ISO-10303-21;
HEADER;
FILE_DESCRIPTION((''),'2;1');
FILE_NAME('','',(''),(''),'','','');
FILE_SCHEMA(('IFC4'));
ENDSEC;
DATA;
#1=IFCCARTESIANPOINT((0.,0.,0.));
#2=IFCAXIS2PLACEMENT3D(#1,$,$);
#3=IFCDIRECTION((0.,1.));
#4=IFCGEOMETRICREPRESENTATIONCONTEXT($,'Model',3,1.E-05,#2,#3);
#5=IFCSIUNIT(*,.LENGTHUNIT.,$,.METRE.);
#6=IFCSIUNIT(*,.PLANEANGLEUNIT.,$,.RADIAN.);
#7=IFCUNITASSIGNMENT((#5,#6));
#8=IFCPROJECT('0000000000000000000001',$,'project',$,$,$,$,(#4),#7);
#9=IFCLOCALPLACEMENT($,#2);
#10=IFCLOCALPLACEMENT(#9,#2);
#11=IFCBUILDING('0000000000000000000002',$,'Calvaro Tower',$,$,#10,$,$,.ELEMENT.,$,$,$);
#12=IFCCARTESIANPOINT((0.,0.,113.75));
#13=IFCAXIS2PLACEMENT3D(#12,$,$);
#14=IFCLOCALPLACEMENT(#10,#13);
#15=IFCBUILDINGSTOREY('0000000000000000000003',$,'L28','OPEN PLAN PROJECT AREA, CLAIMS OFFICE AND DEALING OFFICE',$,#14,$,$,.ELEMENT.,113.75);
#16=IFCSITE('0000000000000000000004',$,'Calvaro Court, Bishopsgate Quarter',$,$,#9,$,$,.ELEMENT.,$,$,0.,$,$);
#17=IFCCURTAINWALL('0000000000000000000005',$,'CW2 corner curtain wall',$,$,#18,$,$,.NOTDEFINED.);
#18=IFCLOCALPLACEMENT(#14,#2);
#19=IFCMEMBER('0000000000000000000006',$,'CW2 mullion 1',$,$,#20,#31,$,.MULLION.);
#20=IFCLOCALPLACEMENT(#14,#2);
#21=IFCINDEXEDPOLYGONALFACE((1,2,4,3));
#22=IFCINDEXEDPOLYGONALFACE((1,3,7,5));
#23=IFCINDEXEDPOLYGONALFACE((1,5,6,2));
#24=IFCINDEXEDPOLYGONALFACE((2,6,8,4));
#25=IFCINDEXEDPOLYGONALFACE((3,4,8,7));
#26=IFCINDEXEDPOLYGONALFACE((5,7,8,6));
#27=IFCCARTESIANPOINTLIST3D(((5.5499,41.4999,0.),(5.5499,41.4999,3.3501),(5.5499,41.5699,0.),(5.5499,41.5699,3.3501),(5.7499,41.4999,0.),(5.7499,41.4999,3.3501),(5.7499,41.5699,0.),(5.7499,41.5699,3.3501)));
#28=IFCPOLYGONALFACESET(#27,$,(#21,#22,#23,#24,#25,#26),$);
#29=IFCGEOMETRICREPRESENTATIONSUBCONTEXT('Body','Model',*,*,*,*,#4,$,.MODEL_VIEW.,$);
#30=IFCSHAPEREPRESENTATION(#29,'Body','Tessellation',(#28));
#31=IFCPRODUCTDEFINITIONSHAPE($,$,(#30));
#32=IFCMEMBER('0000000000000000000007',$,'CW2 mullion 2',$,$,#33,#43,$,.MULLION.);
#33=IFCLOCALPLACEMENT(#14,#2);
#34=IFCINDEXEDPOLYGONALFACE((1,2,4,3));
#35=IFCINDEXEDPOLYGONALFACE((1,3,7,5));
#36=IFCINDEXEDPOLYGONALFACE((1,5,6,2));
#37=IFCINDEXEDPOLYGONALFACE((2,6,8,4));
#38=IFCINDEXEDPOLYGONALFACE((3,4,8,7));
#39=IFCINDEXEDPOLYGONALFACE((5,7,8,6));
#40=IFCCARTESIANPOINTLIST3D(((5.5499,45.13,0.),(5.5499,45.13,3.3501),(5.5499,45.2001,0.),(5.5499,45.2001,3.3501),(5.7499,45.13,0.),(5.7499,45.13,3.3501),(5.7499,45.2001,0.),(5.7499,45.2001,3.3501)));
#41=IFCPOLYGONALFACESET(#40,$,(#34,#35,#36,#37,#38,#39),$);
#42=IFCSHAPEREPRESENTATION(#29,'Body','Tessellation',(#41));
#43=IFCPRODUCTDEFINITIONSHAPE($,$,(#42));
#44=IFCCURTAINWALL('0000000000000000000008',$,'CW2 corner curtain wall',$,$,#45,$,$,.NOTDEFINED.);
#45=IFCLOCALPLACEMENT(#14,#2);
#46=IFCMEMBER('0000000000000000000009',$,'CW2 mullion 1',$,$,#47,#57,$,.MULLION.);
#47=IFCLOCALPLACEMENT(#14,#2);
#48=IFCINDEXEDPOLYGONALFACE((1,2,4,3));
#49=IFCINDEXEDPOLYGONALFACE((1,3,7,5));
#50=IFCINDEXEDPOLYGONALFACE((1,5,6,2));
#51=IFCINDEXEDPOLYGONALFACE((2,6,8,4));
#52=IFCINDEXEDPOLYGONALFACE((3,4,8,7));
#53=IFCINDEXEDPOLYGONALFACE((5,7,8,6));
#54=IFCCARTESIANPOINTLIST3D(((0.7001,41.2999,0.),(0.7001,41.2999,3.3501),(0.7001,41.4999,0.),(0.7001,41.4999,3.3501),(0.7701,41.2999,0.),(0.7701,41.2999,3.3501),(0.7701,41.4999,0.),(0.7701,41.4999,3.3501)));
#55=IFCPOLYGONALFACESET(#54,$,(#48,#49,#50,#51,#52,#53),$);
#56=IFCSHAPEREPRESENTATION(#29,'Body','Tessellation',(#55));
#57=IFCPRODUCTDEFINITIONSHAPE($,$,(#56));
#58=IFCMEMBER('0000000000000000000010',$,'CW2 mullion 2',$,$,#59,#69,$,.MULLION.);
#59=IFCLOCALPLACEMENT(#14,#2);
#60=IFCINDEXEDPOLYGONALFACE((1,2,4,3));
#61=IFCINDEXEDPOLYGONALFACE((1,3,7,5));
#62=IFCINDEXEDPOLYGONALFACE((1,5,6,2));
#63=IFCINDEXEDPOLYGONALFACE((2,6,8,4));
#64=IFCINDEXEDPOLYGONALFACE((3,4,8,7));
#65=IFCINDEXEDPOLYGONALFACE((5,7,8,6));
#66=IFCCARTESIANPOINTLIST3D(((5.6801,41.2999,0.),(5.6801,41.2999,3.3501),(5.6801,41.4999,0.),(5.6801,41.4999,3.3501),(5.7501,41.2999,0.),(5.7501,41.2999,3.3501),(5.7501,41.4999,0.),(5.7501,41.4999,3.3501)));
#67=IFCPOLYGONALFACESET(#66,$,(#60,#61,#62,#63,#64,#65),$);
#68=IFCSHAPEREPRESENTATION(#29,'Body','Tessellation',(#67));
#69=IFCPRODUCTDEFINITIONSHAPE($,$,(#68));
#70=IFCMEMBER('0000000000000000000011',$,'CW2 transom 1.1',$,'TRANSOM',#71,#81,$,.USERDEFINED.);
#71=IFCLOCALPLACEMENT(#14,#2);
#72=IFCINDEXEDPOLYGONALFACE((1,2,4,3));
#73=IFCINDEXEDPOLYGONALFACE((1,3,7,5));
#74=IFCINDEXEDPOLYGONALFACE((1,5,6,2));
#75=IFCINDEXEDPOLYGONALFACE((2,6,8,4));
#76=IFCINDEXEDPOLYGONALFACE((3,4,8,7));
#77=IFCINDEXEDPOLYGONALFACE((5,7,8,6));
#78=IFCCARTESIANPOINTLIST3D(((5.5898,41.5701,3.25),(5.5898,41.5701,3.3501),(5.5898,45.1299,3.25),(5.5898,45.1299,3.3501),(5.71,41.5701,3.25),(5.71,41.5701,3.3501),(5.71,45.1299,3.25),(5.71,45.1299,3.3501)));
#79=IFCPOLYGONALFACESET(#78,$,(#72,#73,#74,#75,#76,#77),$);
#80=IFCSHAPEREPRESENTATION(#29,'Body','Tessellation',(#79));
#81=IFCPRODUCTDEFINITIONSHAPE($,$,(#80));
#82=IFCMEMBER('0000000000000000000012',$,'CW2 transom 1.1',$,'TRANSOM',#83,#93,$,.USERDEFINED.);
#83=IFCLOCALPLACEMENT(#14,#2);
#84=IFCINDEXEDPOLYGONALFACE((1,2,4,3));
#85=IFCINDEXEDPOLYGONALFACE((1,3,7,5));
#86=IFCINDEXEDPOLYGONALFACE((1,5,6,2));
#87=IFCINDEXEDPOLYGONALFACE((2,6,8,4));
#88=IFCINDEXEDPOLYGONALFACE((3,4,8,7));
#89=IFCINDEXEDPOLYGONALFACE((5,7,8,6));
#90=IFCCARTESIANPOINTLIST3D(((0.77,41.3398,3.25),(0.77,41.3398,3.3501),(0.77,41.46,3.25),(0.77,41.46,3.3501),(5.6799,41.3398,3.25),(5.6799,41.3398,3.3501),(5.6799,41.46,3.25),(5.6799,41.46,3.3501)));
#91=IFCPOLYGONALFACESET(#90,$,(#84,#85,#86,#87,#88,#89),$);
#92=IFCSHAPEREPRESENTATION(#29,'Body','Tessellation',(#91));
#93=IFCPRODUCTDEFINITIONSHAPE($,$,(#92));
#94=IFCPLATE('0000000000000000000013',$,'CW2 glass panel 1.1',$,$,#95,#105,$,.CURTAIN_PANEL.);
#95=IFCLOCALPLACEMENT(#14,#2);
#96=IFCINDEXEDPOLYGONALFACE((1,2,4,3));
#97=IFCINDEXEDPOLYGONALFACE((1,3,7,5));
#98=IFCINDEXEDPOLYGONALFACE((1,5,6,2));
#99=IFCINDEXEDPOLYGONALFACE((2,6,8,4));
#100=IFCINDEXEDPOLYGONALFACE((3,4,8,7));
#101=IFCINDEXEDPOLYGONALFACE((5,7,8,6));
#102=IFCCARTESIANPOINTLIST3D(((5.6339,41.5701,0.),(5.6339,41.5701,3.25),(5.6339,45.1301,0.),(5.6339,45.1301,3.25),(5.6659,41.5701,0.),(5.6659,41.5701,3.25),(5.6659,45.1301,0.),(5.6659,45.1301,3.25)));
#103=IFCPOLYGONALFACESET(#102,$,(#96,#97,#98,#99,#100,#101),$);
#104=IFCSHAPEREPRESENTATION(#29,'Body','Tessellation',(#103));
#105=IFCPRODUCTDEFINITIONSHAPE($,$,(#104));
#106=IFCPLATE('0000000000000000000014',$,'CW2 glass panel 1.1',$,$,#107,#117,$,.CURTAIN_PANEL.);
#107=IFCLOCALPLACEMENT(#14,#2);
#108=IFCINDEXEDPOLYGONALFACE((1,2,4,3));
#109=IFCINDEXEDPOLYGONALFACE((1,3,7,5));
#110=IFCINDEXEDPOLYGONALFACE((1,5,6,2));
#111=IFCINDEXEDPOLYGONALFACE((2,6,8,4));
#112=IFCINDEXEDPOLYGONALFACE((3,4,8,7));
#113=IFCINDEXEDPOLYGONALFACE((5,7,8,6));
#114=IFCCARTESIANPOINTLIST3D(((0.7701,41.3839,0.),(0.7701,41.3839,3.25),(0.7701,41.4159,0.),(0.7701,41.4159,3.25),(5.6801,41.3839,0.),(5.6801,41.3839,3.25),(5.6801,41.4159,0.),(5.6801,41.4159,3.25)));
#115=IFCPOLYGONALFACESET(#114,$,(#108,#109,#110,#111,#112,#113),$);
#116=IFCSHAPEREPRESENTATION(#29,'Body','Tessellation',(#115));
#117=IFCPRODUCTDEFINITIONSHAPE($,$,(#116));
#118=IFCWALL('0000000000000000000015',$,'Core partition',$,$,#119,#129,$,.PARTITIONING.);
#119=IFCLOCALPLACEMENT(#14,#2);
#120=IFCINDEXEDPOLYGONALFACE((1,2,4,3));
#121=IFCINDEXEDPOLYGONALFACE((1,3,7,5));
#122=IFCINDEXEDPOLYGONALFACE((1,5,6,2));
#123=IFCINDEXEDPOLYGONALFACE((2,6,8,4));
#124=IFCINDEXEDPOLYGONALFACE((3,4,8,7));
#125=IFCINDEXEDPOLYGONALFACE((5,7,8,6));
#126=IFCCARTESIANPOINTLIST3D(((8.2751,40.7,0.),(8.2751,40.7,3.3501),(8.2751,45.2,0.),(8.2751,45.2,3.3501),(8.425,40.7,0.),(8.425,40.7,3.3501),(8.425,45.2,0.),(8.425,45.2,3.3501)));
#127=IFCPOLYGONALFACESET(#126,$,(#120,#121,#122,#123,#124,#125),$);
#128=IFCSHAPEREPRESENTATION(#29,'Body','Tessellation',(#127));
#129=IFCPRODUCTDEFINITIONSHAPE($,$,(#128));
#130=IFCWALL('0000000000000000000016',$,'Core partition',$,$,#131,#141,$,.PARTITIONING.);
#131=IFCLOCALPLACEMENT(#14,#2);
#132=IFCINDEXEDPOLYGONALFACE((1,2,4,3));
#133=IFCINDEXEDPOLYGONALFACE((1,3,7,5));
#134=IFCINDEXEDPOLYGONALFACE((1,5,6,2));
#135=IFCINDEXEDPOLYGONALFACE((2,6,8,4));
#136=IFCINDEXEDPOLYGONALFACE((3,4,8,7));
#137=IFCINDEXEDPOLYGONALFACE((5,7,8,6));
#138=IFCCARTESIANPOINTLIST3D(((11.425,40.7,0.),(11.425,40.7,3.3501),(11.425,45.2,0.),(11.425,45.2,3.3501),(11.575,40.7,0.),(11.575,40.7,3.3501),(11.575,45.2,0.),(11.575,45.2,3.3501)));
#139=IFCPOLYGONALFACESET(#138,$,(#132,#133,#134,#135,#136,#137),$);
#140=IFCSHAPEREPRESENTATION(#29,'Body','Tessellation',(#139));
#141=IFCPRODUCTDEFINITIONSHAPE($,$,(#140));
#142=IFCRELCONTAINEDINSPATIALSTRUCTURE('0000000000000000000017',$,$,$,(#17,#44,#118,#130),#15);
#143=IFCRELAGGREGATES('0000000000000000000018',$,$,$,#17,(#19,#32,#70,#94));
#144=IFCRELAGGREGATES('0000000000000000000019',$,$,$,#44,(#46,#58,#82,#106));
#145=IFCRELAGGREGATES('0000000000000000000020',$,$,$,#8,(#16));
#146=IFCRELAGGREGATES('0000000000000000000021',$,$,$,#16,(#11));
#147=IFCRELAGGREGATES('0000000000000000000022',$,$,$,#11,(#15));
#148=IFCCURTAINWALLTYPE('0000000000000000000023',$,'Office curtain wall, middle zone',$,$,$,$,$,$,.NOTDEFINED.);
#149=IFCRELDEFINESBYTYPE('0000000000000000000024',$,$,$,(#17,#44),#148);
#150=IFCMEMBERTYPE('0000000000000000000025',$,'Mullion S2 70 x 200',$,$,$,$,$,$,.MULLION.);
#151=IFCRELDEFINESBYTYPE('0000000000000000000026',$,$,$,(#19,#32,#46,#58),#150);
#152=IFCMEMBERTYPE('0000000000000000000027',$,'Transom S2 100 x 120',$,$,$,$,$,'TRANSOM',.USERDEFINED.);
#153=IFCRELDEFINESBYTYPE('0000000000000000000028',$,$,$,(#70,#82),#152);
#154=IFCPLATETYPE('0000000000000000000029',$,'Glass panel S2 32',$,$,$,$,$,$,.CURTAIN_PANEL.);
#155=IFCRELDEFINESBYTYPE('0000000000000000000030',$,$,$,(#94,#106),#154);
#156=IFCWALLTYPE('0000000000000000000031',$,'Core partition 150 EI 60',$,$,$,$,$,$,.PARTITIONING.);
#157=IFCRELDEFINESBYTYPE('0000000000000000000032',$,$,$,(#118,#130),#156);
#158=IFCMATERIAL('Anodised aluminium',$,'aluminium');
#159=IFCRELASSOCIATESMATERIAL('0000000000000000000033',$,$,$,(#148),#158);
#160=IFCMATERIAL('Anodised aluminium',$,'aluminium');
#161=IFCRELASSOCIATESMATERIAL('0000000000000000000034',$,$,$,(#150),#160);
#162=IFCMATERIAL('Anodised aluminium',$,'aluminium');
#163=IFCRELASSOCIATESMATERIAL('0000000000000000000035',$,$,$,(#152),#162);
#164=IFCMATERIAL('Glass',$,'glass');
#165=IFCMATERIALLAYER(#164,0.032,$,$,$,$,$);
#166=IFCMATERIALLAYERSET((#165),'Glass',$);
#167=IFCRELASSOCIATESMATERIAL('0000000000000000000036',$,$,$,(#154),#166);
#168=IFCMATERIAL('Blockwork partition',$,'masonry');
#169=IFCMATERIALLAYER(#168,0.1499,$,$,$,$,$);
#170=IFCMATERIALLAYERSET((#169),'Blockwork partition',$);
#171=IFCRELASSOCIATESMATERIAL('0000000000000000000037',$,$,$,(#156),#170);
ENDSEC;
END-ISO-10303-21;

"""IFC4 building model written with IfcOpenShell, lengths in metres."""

from ifc_helpers import new_model, si_unit, direction, frame, frame_2d, origin, origin_2d, place, context, subcontext, project, spatial, rectangle, extrude, material, layer, layer_set, material_profile, profile_set, type_object, element, aggregate, save


model = new_model("IFC4")

# Units and contexts
model_context = context("Model", 3, precision=1e-05, world=origin(), true_north=direction((0.0, 1.0)))
body_context = subcontext(model_context, "Body", "Model", "MODEL_VIEW")
ifc_project = project(units=[si_unit("LENGTHUNIT", "METRE"), si_unit("PLANEANGLEUNIT", "RADIAN")], contexts=[model_context])

# Site, building, storey
site_placement = place(None, origin())
site = spatial("IfcSite", under=ifc_project, at=site_placement, Name="Calvaro Court, Bishopsgate Quarter", CompositionType="ELEMENT", RefElevation=0.0)
building_placement = place(site_placement, origin())
building = spatial("IfcBuilding", under=site, at=building_placement, Name="Calvaro Tower", CompositionType="ELEMENT")
storey_placement = place(building_placement, frame((0.0, 0.0, 113.75)))
storey = spatial("IfcBuildingStorey", under=building, at=storey_placement, Name="L28", Description="OPEN PLAN PROJECT AREA, CLAIMS OFFICE AND DEALING OFFICE", CompositionType="ELEMENT", Elevation=113.75)

# Curtain walls, members
ifc_material_1 = material(Name="Anodised aluminium", Category="aluminium")
curtain_wall_type = type_object("IfcCurtainWallType", Name="Office curtain wall, middle zone", PredefinedType="NOTDEFINED", material=ifc_material_1)
curtain_wall_1_placement = place(storey_placement, origin())
curtain_wall_1 = element("IfcCurtainWall", 1, at=curtain_wall_1_placement, inside=storey, type_object=curtain_wall_type, Name="CW2 corner curtain wall", PredefinedType="NOTDEFINED")
ifc_material_2 = material(Name="Anodised aluminium", Category="aluminium")
ifc_material_profile_1 = material_profile(ifc_material_2, rectangle(XDim=0.2, YDim=0.0701, at=origin_2d()), Name="Mullion S2 70 x 200")
ifc_profile_set_1 = profile_set([ifc_material_profile_1], Name="Anodised aluminium")
member_type_1 = type_object("IfcMemberType", Name="Mullion S2 70 x 200", PredefinedType="MULLION", material=ifc_profile_set_1)
member_1_placement = place(storey_placement, frame((5.6499, 41.5349, 0.0), z_axis=(0.0, 0.0, 1.0), x_axis=(-1.0, 0.0, 0.0)))
member_1 = element("IfcMember", 2, at=member_1_placement, type_object=member_type_1, Name="CW2 mullion 1", PredefinedType="MULLION", context=body_context, shape_type="SweptSolid", body=[
    extrude(rectangle(XDim=0.2, YDim=0.0701, at=origin_2d()), origin(), (0.0, 0.0, 1.0), 3.3501),
])
member_2_placement = place(storey_placement, frame((5.6499, 45.165, 0.0), z_axis=(0.0, 0.0, 1.0), x_axis=(-1.0, 0.0, 0.0)))
member_2 = element("IfcMember", 3, at=member_2_placement, type_object=member_type_1, Name="CW2 mullion 2", PredefinedType="MULLION", context=body_context, shape_type="SweptSolid", body=[
    extrude(rectangle(XDim=0.2, YDim=0.0701, at=origin_2d()), origin(), (0.0, 0.0, 1.0), 3.3501),
])
curtain_wall_2_placement = place(storey_placement, origin())
curtain_wall_2 = element("IfcCurtainWall", 4, at=curtain_wall_2_placement, inside=storey, type_object=curtain_wall_type, Name="CW2 corner curtain wall", PredefinedType="NOTDEFINED")
member_3_placement = place(storey_placement, frame((0.7351, 41.3999, 0.0), z_axis=(0.0, 0.0, 1.0), x_axis=(0.0, 1.0, 0.0)))
member_3 = element("IfcMember", 5, at=member_3_placement, type_object=member_type_1, Name="CW2 mullion 1", PredefinedType="MULLION", context=body_context, shape_type="SweptSolid", body=[
    extrude(rectangle(XDim=0.2, YDim=0.0701, at=origin_2d()), origin(), (0.0, 0.0, 1.0), 3.3501),
])
member_4_placement = place(storey_placement, frame((5.7151, 41.3999, 0.0), z_axis=(0.0, 0.0, 1.0), x_axis=(0.0, 1.0, 0.0)))
member_4 = element("IfcMember", 6, at=member_4_placement, type_object=member_type_1, Name="CW2 mullion 2", PredefinedType="MULLION", context=body_context, shape_type="SweptSolid", body=[
    extrude(rectangle(XDim=0.2, YDim=0.0701, at=origin_2d()), origin(), (0.0, 0.0, 1.0), 3.3501),
])

# Members
ifc_material_3 = material(Name="Anodised aluminium", Category="aluminium")
ifc_material_profile_2 = material_profile(ifc_material_3, rectangle(XDim=0.1201, YDim=0.1001, at=origin_2d()), Name="Transom S2 100 x 120")
ifc_profile_set_2 = profile_set([ifc_material_profile_2], Name="Anodised aluminium")
member_type_2 = type_object("IfcMemberType", Name="Transom S2 100 x 120", ElementType="TRANSOM", PredefinedType="USERDEFINED", material=ifc_profile_set_2)
member_5_placement = place(storey_placement, frame((5.6499, 41.5701, 3.3), z_axis=(0.0, 1.0, 0.0), x_axis=(-1.0, 0.0, 0.0)))
member_5 = element("IfcMember", 7, at=member_5_placement, type_object=member_type_2, Name="CW2 transom 1.1", ObjectType="TRANSOM", PredefinedType="USERDEFINED", context=body_context, shape_type="SweptSolid", body=[
    extrude(rectangle(XDim=0.1201, YDim=0.1001, at=origin_2d()), origin(), (0.0, 0.0, 1.0), 3.5598),
])
member_6_placement = place(storey_placement, frame((0.77, 41.3999, 3.3), z_axis=(1.0, 0.0, 0.0), x_axis=(0.0, 1.0, 0.0)))
member_6 = element("IfcMember", 8, at=member_6_placement, type_object=member_type_2, Name="CW2 transom 1.1", ObjectType="TRANSOM", PredefinedType="USERDEFINED", context=body_context, shape_type="SweptSolid", body=[
    extrude(rectangle(XDim=0.1201, YDim=0.1001, at=origin_2d()), origin(), (0.0, 0.0, 1.0), 4.9099),
])

# Plates
ifc_material_4 = material(Name="Glass", Category="glass")
ifc_layer_1 = layer(ifc_material_4, 0.032)
ifc_layer_set_1 = layer_set([ifc_layer_1], Name="Glass")
plate_type = type_object("IfcPlateType", Name="Glass panel S2 32", PredefinedType="CURTAIN_PANEL", material=ifc_layer_set_1)
plate_1_placement = place(storey_placement, frame((5.6499, 43.3501, 0.0), z_axis=(0.0, 0.0, 1.0), x_axis=(0.0, 1.0, 0.0)))
plate_1 = element("IfcPlate", 9, at=plate_1_placement, type_object=plate_type, Name="CW2 glass panel 1.1", PredefinedType="CURTAIN_PANEL", context=body_context, shape_type="SweptSolid", body=[
    extrude(rectangle(XDim=3.5601, YDim=0.032, at=origin_2d()), origin(), (0.0, 0.0, 1.0), 3.25),
])
aggregate(curtain_wall_1, [member_1, member_2, member_5, plate_1])
plate_2_placement = place(storey_placement, frame((3.2251, 41.3999, 0.0), z_axis=(0.0, 0.0, 1.0), x_axis=(1.0, 0.0, 0.0)))
plate_2 = element("IfcPlate", 10, at=plate_2_placement, type_object=plate_type, Name="CW2 glass panel 1.1", PredefinedType="CURTAIN_PANEL", context=body_context, shape_type="SweptSolid", body=[
    extrude(rectangle(XDim=4.9099, YDim=0.032, at=origin_2d()), origin(), (0.0, 0.0, 1.0), 3.25),
])
aggregate(curtain_wall_2, [member_3, member_4, member_6, plate_2])

# Walls
ifc_material_5 = material(Name="Blockwork partition", Category="masonry")
ifc_layer_2 = layer(ifc_material_5, 0.1499)
ifc_layer_set_2 = layer_set([ifc_layer_2], Name="Blockwork partition")
wall_type_1 = type_object("IfcWallType", Name="Core partition 150 EI 60", PredefinedType="PARTITIONING", material=ifc_layer_set_2)
for number, where, z_axis, x_axis, name in (
    (11, (8.3501, 40.7, 0.0), (0.0, 0.0, 1.0), (0.0, 1.0, 0.0), "Core partition"),
    (12, (11.5, 40.7, 0.0), (0.0, 0.0, 1.0), (0.0, 1.0, 0.0), "Core partition"),
):
    element("IfcWall", number, at=place(storey_placement, frame(where, z_axis=z_axis, x_axis=x_axis)), inside=storey, type_object=wall_type_1, Name=name, PredefinedType="PARTITIONING", context=body_context, shape_type="SweptSolid", body=[
        extrude(rectangle(XDim=4.5, YDim=0.1499, at=frame_2d((2.25, 0.0))), origin(), (0.0, 0.0, 1.0), 3.3501),
    ])

save(model, "model.ifc")
